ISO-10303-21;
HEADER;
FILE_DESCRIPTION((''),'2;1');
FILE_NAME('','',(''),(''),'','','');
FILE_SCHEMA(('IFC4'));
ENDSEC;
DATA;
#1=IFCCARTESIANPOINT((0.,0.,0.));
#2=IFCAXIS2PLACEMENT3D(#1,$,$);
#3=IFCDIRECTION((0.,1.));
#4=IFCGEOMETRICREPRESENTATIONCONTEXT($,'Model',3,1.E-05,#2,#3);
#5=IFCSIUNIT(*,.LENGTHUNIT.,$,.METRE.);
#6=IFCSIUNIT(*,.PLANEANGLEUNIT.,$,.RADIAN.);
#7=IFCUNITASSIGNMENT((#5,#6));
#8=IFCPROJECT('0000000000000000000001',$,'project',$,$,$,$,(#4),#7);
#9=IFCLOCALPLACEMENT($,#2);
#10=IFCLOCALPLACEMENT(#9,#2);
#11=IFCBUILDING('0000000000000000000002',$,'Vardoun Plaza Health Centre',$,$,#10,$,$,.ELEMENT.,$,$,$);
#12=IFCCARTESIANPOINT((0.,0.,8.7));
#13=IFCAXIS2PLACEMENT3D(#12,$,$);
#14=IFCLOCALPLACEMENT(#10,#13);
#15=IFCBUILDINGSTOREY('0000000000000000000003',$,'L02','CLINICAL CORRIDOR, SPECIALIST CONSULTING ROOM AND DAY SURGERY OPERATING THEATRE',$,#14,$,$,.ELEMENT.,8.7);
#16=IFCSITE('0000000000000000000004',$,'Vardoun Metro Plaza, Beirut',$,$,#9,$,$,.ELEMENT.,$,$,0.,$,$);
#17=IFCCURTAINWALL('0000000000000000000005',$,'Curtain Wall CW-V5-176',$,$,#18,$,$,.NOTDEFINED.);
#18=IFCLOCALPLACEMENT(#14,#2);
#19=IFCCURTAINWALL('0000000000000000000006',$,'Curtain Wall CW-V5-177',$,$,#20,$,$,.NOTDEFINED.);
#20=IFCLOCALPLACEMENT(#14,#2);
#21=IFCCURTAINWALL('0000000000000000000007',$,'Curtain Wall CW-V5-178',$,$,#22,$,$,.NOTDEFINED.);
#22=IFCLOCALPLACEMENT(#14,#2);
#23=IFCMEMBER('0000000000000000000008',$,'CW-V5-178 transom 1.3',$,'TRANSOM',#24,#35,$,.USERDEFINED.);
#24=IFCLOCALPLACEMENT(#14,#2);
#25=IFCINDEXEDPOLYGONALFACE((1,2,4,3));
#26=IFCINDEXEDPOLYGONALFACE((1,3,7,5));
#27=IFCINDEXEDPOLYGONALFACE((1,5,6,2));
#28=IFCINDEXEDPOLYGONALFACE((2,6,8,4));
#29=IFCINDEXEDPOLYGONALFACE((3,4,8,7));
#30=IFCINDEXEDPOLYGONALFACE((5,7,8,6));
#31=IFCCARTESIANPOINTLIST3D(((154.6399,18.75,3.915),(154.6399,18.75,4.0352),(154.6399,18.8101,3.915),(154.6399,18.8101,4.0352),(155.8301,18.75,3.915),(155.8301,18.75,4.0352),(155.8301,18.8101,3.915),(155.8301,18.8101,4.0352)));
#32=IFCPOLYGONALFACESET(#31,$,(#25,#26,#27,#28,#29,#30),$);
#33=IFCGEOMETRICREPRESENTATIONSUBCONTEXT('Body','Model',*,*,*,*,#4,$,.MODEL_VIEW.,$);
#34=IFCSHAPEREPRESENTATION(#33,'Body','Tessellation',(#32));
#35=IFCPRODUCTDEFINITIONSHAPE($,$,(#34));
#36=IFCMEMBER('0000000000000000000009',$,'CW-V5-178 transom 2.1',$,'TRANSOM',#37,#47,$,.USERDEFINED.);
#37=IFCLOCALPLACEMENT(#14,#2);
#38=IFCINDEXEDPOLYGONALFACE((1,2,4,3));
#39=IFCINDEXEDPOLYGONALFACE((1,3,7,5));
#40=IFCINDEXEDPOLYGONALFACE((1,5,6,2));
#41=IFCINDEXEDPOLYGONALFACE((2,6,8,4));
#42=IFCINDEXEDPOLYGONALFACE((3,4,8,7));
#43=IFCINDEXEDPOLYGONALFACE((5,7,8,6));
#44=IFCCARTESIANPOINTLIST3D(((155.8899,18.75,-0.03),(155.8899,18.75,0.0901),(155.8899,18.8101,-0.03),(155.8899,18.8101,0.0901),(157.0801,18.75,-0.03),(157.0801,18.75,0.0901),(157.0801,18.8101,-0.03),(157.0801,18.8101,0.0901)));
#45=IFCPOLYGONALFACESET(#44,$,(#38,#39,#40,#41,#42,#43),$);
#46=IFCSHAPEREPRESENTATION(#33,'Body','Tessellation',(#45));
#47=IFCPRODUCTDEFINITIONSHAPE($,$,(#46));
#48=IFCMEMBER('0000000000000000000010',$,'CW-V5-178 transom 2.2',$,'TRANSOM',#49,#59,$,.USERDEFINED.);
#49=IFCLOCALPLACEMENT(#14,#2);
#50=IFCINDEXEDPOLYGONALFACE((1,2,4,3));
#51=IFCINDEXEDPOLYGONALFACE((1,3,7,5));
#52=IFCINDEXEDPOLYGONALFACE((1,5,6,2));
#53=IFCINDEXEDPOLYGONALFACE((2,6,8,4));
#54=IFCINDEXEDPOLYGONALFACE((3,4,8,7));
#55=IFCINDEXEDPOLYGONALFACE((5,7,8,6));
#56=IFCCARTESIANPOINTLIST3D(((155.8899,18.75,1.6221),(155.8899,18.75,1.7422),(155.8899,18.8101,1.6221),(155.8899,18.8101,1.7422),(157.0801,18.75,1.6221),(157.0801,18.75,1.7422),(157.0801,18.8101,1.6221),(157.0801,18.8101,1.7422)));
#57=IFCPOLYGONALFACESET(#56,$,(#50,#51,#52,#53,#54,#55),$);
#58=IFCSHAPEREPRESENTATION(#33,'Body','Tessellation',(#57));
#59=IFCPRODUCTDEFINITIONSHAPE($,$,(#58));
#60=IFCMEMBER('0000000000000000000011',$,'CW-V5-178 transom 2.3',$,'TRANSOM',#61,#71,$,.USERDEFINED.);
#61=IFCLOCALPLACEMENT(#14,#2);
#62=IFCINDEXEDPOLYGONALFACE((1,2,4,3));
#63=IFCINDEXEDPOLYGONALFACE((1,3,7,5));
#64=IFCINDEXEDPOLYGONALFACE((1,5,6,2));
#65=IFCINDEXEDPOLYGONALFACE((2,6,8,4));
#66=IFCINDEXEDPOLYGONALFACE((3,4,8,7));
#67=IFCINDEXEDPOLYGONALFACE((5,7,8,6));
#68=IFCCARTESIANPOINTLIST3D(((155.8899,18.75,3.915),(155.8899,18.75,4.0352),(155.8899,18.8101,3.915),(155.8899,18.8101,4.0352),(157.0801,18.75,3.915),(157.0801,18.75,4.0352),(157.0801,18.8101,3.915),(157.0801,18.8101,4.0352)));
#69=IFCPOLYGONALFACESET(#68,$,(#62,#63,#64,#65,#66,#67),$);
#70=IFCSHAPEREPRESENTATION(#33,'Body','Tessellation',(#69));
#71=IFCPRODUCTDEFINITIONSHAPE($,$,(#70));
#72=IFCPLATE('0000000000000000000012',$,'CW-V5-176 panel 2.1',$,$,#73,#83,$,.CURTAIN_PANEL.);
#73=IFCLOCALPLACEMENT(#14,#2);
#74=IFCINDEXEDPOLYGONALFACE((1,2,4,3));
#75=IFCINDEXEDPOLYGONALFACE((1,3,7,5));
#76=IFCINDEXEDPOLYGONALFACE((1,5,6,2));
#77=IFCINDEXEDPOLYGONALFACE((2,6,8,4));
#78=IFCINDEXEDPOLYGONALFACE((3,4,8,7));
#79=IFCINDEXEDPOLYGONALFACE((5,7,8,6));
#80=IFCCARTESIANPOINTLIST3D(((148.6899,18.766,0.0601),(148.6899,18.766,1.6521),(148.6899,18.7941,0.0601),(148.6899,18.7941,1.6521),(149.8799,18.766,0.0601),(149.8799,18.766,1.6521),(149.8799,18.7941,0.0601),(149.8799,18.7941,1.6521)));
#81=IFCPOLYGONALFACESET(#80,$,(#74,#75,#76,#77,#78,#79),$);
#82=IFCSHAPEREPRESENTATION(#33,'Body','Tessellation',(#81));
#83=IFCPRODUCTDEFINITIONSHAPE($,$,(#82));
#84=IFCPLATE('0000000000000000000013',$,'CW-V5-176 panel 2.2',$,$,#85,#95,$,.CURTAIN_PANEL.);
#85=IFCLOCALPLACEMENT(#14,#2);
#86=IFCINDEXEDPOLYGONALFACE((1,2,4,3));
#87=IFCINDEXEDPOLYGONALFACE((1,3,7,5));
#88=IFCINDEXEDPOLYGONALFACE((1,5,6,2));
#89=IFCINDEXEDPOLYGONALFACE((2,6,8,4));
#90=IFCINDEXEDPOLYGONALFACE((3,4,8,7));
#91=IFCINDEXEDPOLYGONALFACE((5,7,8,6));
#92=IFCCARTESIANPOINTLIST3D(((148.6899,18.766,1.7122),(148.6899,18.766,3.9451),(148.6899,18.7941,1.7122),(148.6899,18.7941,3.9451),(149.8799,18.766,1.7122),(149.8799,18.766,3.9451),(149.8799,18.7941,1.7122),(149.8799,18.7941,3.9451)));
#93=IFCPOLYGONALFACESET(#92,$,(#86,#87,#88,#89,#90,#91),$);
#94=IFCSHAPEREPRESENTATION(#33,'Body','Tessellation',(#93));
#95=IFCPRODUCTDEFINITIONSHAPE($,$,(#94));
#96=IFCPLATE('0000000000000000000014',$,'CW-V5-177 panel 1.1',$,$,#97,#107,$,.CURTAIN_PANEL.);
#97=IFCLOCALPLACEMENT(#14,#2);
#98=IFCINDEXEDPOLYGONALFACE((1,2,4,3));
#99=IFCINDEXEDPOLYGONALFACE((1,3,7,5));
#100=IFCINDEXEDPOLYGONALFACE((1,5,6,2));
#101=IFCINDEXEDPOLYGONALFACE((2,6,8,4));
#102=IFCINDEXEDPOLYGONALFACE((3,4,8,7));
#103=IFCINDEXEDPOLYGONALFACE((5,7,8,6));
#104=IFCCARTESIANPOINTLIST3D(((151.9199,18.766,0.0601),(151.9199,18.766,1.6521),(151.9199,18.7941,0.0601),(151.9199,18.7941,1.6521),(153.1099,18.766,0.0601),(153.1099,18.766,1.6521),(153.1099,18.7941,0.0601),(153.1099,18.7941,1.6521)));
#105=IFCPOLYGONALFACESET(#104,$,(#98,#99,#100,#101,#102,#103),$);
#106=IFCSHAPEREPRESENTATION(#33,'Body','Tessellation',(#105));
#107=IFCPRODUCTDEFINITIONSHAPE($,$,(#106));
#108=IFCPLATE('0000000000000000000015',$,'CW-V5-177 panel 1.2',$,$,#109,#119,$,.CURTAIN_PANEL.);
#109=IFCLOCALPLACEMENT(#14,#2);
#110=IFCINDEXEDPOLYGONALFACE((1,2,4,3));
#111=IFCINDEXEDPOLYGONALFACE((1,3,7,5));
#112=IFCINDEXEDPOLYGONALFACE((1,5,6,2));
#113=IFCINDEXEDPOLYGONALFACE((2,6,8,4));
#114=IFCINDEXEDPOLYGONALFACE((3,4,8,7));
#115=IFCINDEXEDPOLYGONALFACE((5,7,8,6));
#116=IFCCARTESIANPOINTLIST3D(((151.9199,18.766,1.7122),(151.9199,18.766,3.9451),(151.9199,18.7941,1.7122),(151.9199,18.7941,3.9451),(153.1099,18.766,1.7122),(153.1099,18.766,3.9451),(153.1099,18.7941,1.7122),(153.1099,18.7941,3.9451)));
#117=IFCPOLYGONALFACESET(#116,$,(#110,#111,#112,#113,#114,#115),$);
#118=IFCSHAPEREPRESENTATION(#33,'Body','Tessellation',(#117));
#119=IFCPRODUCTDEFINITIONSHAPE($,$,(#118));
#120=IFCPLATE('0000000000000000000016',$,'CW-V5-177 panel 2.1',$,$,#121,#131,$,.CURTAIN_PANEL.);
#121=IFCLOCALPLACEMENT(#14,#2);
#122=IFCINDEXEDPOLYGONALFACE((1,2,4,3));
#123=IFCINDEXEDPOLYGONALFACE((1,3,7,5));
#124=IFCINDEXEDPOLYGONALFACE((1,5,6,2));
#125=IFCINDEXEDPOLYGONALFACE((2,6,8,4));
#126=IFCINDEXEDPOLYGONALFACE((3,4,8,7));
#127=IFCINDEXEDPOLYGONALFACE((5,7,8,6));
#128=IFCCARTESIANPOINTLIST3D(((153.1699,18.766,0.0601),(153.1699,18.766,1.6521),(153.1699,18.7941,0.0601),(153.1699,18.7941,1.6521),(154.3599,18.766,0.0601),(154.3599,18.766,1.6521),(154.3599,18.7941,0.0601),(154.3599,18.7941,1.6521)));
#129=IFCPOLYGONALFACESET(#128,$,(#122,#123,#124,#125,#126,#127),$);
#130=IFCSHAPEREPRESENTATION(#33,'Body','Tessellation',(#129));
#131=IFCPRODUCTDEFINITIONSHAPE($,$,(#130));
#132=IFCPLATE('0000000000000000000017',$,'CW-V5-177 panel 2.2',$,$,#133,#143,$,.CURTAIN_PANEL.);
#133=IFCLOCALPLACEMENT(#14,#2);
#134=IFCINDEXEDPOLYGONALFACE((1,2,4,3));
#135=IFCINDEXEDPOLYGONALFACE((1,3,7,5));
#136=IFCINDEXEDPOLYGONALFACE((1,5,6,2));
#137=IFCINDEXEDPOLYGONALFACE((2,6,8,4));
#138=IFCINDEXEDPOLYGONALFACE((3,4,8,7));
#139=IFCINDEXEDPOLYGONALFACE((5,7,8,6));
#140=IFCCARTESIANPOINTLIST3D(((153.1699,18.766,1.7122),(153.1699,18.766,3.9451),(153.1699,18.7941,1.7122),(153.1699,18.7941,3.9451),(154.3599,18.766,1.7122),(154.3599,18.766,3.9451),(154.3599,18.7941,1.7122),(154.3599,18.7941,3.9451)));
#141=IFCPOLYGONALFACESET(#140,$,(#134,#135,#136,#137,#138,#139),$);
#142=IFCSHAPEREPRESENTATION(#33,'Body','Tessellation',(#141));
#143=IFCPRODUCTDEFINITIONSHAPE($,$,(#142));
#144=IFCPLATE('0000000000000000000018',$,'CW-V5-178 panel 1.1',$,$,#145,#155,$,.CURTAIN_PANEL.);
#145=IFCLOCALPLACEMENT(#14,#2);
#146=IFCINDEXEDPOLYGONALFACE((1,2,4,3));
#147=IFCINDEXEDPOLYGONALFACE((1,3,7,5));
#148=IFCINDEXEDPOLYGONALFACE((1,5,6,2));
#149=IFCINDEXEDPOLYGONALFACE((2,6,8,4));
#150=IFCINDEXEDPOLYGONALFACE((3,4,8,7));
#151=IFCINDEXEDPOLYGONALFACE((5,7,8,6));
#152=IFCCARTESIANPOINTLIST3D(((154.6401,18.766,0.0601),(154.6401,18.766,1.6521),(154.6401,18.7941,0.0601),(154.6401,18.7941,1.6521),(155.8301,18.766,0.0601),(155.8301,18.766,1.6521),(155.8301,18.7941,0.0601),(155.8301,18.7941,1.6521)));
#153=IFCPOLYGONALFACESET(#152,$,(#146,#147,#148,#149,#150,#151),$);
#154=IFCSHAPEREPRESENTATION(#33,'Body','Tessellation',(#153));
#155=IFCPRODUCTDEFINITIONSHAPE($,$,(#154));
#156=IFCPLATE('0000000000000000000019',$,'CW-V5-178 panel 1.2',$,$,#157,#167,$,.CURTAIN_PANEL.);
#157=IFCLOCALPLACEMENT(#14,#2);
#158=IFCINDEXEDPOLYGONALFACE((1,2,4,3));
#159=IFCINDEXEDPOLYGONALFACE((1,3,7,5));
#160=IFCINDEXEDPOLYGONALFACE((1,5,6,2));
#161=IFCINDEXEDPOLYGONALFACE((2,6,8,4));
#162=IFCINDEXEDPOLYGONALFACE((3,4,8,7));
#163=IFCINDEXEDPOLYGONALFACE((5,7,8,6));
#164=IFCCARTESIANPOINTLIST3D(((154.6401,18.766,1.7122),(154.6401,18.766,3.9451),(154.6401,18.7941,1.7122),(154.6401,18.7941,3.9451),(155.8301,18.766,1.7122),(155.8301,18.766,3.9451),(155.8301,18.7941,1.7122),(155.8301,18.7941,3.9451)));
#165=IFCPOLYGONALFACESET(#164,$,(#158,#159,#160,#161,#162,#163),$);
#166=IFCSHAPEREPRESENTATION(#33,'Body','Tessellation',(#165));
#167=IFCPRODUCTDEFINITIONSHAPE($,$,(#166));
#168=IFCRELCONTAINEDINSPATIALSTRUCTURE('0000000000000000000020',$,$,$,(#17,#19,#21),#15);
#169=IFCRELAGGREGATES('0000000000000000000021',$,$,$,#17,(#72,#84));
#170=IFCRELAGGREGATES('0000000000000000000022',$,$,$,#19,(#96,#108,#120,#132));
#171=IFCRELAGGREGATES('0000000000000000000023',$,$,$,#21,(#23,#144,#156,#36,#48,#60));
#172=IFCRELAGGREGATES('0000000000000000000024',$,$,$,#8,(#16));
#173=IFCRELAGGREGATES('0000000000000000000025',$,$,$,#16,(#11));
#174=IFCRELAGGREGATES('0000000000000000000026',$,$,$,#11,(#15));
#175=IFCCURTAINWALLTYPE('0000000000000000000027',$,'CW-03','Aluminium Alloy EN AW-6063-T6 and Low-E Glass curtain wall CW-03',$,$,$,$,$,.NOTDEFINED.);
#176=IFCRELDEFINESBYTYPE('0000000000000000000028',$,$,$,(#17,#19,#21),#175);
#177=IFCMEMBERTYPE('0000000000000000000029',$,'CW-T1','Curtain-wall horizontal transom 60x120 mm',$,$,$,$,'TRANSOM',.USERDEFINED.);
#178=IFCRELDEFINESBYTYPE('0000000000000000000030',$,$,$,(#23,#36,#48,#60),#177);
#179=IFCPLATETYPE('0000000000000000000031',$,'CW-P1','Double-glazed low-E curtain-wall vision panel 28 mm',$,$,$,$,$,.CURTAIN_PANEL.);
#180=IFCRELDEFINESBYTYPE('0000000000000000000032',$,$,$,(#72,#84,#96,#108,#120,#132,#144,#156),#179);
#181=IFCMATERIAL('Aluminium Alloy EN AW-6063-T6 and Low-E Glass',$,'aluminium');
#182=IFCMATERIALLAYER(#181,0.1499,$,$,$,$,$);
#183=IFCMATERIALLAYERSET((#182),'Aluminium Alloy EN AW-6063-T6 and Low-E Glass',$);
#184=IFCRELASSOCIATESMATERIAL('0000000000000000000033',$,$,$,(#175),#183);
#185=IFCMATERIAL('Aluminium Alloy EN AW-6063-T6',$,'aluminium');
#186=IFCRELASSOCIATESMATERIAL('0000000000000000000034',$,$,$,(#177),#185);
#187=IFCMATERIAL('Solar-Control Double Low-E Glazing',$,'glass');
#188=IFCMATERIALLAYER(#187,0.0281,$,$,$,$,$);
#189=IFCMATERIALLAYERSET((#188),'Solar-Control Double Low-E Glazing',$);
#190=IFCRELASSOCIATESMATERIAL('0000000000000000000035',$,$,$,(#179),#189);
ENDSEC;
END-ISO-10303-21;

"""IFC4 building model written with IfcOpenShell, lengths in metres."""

from ifc_helpers import new_model, si_unit, direction, frame, origin, origin_2d, place, context, subcontext, project, spatial, rectangle, extrude, material, layer, layer_set, material_profile, profile_set, type_object, element, aggregate, save


model = new_model("IFC4")

# Units and contexts
model_context = context("Model", 3, precision=1e-05, world=origin(), true_north=direction((0.0, 1.0)))
body_context = subcontext(model_context, "Body", "Model", "MODEL_VIEW")
ifc_project = project(units=[si_unit("LENGTHUNIT", "METRE"), si_unit("PLANEANGLEUNIT", "RADIAN")], contexts=[model_context])

# Site, building, storey
site_placement = place(None, origin())
site = spatial("IfcSite", under=ifc_project, at=site_placement, Name="Vardoun Metro Plaza, Beirut", CompositionType="ELEMENT", RefElevation=0.0)
building_placement = place(site_placement, origin())
building = spatial("IfcBuilding", under=site, at=building_placement, Name="Vardoun Plaza Health Centre", CompositionType="ELEMENT")
storey_placement = place(building_placement, frame((0.0, 0.0, 8.7)))
storey = spatial("IfcBuildingStorey", under=building, at=storey_placement, Name="L02", Description="CLINICAL CORRIDOR, SPECIALIST CONSULTING ROOM AND DAY SURGERY OPERATING THEATRE", CompositionType="ELEMENT", Elevation=8.7)

# Curtain wall
ifc_material_1 = material(Name="Aluminium Alloy EN AW-6063-T6 and Low-E Glass", Category="aluminium")
ifc_layer_1 = layer(ifc_material_1, 0.1499)
ifc_layer_set_1 = layer_set([ifc_layer_1], Name="Aluminium Alloy EN AW-6063-T6 and Low-E Glass")
curtain_wall_type = type_object("IfcCurtainWallType", Name="CW-03", Description="Aluminium Alloy EN AW-6063-T6 and Low-E Glass curtain wall CW-03", PredefinedType="NOTDEFINED", material=ifc_layer_set_1)
curtain_wall_1_placement = place(storey_placement, origin())
curtain_wall_1 = element("IfcCurtainWall", 1, at=curtain_wall_1_placement, inside=storey, type_object=curtain_wall_type, Name="Curtain Wall CW-V5-176", PredefinedType="NOTDEFINED")

# Curtain walls
curtain_wall_2_placement = place(storey_placement, origin())
curtain_wall_2 = element("IfcCurtainWall", 2, at=curtain_wall_2_placement, inside=storey, type_object=curtain_wall_type, Name="Curtain Wall CW-V5-177", PredefinedType="NOTDEFINED")
curtain_wall_3_placement = place(storey_placement, origin())
curtain_wall_3 = element("IfcCurtainWall", 3, at=curtain_wall_3_placement, inside=storey, type_object=curtain_wall_type, Name="Curtain Wall CW-V5-178", PredefinedType="NOTDEFINED")

# Members
ifc_material_2 = material(Name="Aluminium Alloy EN AW-6063-T6", Category="aluminium")
ifc_material_profile_1 = material_profile(ifc_material_2, rectangle(XDim=0.0601, YDim=0.1201, at=origin_2d()), Name="CWT 60x120")
ifc_profile_set_1 = profile_set([ifc_material_profile_1], Name="Aluminium Alloy EN AW-6063-T6")
member_type_1 = type_object("IfcMemberType", Name="CW-T1", Description="Curtain-wall horizontal transom 60x120 mm", ElementType="TRANSOM", PredefinedType="USERDEFINED", material=ifc_profile_set_1)
member_1_placement = place(storey_placement, frame((154.6399, 18.78, 3.9751), z_axis=(1.0, 0.0, 0.0), x_axis=(0.0, 1.0, 0.0)))
member_1 = element("IfcMember", 4, at=member_1_placement, type_object=member_type_1, Name="CW-V5-178 transom 1.3", ObjectType="TRANSOM", PredefinedType="USERDEFINED", context=body_context, shape_type="SweptSolid", body=[
    extrude(rectangle(XDim=0.0601, YDim=0.1201, at=origin_2d()), origin(), (0.0, 0.0, 1.0), 1.1902),
])
member_2_placement = place(storey_placement, frame((155.8899, 18.78, 0.03), z_axis=(1.0, 0.0, 0.0), x_axis=(0.0, 1.0, 0.0)))
member_2 = element("IfcMember", 5, at=member_2_placement, type_object=member_type_1, Name="CW-V5-178 transom 2.1", ObjectType="TRANSOM", PredefinedType="USERDEFINED", context=body_context, shape_type="SweptSolid", body=[
    extrude(rectangle(XDim=0.0601, YDim=0.1201, at=origin_2d()), origin(), (0.0, 0.0, 1.0), 1.1902),
])
member_3_placement = place(storey_placement, frame((155.8899, 18.78, 1.6821), z_axis=(1.0, 0.0, 0.0), x_axis=(0.0, 1.0, 0.0)))
member_3 = element("IfcMember", 6, at=member_3_placement, type_object=member_type_1, Name="CW-V5-178 transom 2.2", ObjectType="TRANSOM", PredefinedType="USERDEFINED", context=body_context, shape_type="SweptSolid", body=[
    extrude(rectangle(XDim=0.0601, YDim=0.1201, at=origin_2d()), origin(), (0.0, 0.0, 1.0), 1.1902),
])
member_4_placement = place(storey_placement, frame((155.8899, 18.78, 3.9751), z_axis=(1.0, 0.0, 0.0), x_axis=(0.0, 1.0, 0.0)))
member_4 = element("IfcMember", 7, at=member_4_placement, type_object=member_type_1, Name="CW-V5-178 transom 2.3", ObjectType="TRANSOM", PredefinedType="USERDEFINED", context=body_context, shape_type="SweptSolid", body=[
    extrude(rectangle(XDim=0.0601, YDim=0.1201, at=origin_2d()), origin(), (0.0, 0.0, 1.0), 1.1902),
])

# Plates
ifc_material_3 = material(Name="Solar-Control Double Low-E Glazing", Category="glass")
ifc_layer_2 = layer(ifc_material_3, 0.0281)
ifc_layer_set_2 = layer_set([ifc_layer_2], Name="Solar-Control Double Low-E Glazing")
plate_type = type_object("IfcPlateType", Name="CW-P1", Description="Double-glazed low-E curtain-wall vision panel 28 mm", PredefinedType="CURTAIN_PANEL", material=ifc_layer_set_2)
plate_1_placement = place(storey_placement, frame((149.2849, 18.78, 0.0601), z_axis=(0.0, 0.0, 1.0), x_axis=(1.0, 0.0, 0.0)))
plate_1 = element("IfcPlate", 8, at=plate_1_placement, type_object=plate_type, Name="CW-V5-176 panel 2.1", PredefinedType="CURTAIN_PANEL", context=body_context, shape_type="SweptSolid", body=[
    extrude(rectangle(XDim=1.1899, YDim=0.0281, at=origin_2d()), origin(), (0.0, 0.0, 1.0), 1.592),
])
plate_2_placement = place(storey_placement, frame((149.2849, 18.78, 1.7122), z_axis=(0.0, 0.0, 1.0), x_axis=(1.0, 0.0, 0.0)))
plate_2 = element("IfcPlate", 9, at=plate_2_placement, type_object=plate_type, Name="CW-V5-176 panel 2.2", PredefinedType="CURTAIN_PANEL", context=body_context, shape_type="SweptSolid", body=[
    extrude(rectangle(XDim=1.1899, YDim=0.0281, at=origin_2d()), origin(), (0.0, 0.0, 1.0), 2.2329),
])
aggregate(curtain_wall_1, [plate_1, plate_2])
plate_3_placement = place(storey_placement, frame((152.5149, 18.78, 0.0601), z_axis=(0.0, 0.0, 1.0), x_axis=(1.0, 0.0, 0.0)))
plate_3 = element("IfcPlate", 10, at=plate_3_placement, type_object=plate_type, Name="CW-V5-177 panel 1.1", PredefinedType="CURTAIN_PANEL", context=body_context, shape_type="SweptSolid", body=[
    extrude(rectangle(XDim=1.1899, YDim=0.0281, at=origin_2d()), origin(), (0.0, 0.0, 1.0), 1.592),
])
plate_4_placement = place(storey_placement, frame((152.5149, 18.78, 1.7122), z_axis=(0.0, 0.0, 1.0), x_axis=(1.0, 0.0, 0.0)))
plate_4 = element("IfcPlate", 11, at=plate_4_placement, type_object=plate_type, Name="CW-V5-177 panel 1.2", PredefinedType="CURTAIN_PANEL", context=body_context, shape_type="SweptSolid", body=[
    extrude(rectangle(XDim=1.1899, YDim=0.0281, at=origin_2d()), origin(), (0.0, 0.0, 1.0), 2.2329),
])
plate_5_placement = place(storey_placement, frame((153.7649, 18.78, 0.0601), z_axis=(0.0, 0.0, 1.0), x_axis=(1.0, 0.0, 0.0)))
plate_5 = element("IfcPlate", 12, at=plate_5_placement, type_object=plate_type, Name="CW-V5-177 panel 2.1", PredefinedType="CURTAIN_PANEL", context=body_context, shape_type="SweptSolid", body=[
    extrude(rectangle(XDim=1.1899, YDim=0.0281, at=origin_2d()), origin(), (0.0, 0.0, 1.0), 1.592),
])
plate_6_placement = place(storey_placement, frame((153.7649, 18.78, 1.7122), z_axis=(0.0, 0.0, 1.0), x_axis=(1.0, 0.0, 0.0)))
plate_6 = element("IfcPlate", 13, at=plate_6_placement, type_object=plate_type, Name="CW-V5-177 panel 2.2", PredefinedType="CURTAIN_PANEL", context=body_context, shape_type="SweptSolid", body=[
    extrude(rectangle(XDim=1.1899, YDim=0.0281, at=origin_2d()), origin(), (0.0, 0.0, 1.0), 2.2329),
])
aggregate(curtain_wall_2, [plate_3, plate_4, plate_5, plate_6])
plate_7_placement = place(storey_placement, frame((155.2351, 18.78, 0.0601), z_axis=(0.0, 0.0, 1.0), x_axis=(1.0, 0.0, 0.0)))
plate_7 = element("IfcPlate", 14, at=plate_7_placement, type_object=plate_type, Name="CW-V5-178 panel 1.1", PredefinedType="CURTAIN_PANEL", context=body_context, shape_type="SweptSolid", body=[
    extrude(rectangle(XDim=1.1899, YDim=0.0281, at=origin_2d()), origin(), (0.0, 0.0, 1.0), 1.592),
])
plate_8_placement = place(storey_placement, frame((155.2351, 18.78, 1.7122), z_axis=(0.0, 0.0, 1.0), x_axis=(1.0, 0.0, 0.0)))
plate_8 = element("IfcPlate", 15, at=plate_8_placement, type_object=plate_type, Name="CW-V5-178 panel 1.2", PredefinedType="CURTAIN_PANEL", context=body_context, shape_type="SweptSolid", body=[
    extrude(rectangle(XDim=1.1899, YDim=0.0281, at=origin_2d()), origin(), (0.0, 0.0, 1.0), 2.2329),
])
aggregate(curtain_wall_3, [member_1, plate_7, plate_8, member_2, member_3, member_4])

save(model, "model.ifc")
